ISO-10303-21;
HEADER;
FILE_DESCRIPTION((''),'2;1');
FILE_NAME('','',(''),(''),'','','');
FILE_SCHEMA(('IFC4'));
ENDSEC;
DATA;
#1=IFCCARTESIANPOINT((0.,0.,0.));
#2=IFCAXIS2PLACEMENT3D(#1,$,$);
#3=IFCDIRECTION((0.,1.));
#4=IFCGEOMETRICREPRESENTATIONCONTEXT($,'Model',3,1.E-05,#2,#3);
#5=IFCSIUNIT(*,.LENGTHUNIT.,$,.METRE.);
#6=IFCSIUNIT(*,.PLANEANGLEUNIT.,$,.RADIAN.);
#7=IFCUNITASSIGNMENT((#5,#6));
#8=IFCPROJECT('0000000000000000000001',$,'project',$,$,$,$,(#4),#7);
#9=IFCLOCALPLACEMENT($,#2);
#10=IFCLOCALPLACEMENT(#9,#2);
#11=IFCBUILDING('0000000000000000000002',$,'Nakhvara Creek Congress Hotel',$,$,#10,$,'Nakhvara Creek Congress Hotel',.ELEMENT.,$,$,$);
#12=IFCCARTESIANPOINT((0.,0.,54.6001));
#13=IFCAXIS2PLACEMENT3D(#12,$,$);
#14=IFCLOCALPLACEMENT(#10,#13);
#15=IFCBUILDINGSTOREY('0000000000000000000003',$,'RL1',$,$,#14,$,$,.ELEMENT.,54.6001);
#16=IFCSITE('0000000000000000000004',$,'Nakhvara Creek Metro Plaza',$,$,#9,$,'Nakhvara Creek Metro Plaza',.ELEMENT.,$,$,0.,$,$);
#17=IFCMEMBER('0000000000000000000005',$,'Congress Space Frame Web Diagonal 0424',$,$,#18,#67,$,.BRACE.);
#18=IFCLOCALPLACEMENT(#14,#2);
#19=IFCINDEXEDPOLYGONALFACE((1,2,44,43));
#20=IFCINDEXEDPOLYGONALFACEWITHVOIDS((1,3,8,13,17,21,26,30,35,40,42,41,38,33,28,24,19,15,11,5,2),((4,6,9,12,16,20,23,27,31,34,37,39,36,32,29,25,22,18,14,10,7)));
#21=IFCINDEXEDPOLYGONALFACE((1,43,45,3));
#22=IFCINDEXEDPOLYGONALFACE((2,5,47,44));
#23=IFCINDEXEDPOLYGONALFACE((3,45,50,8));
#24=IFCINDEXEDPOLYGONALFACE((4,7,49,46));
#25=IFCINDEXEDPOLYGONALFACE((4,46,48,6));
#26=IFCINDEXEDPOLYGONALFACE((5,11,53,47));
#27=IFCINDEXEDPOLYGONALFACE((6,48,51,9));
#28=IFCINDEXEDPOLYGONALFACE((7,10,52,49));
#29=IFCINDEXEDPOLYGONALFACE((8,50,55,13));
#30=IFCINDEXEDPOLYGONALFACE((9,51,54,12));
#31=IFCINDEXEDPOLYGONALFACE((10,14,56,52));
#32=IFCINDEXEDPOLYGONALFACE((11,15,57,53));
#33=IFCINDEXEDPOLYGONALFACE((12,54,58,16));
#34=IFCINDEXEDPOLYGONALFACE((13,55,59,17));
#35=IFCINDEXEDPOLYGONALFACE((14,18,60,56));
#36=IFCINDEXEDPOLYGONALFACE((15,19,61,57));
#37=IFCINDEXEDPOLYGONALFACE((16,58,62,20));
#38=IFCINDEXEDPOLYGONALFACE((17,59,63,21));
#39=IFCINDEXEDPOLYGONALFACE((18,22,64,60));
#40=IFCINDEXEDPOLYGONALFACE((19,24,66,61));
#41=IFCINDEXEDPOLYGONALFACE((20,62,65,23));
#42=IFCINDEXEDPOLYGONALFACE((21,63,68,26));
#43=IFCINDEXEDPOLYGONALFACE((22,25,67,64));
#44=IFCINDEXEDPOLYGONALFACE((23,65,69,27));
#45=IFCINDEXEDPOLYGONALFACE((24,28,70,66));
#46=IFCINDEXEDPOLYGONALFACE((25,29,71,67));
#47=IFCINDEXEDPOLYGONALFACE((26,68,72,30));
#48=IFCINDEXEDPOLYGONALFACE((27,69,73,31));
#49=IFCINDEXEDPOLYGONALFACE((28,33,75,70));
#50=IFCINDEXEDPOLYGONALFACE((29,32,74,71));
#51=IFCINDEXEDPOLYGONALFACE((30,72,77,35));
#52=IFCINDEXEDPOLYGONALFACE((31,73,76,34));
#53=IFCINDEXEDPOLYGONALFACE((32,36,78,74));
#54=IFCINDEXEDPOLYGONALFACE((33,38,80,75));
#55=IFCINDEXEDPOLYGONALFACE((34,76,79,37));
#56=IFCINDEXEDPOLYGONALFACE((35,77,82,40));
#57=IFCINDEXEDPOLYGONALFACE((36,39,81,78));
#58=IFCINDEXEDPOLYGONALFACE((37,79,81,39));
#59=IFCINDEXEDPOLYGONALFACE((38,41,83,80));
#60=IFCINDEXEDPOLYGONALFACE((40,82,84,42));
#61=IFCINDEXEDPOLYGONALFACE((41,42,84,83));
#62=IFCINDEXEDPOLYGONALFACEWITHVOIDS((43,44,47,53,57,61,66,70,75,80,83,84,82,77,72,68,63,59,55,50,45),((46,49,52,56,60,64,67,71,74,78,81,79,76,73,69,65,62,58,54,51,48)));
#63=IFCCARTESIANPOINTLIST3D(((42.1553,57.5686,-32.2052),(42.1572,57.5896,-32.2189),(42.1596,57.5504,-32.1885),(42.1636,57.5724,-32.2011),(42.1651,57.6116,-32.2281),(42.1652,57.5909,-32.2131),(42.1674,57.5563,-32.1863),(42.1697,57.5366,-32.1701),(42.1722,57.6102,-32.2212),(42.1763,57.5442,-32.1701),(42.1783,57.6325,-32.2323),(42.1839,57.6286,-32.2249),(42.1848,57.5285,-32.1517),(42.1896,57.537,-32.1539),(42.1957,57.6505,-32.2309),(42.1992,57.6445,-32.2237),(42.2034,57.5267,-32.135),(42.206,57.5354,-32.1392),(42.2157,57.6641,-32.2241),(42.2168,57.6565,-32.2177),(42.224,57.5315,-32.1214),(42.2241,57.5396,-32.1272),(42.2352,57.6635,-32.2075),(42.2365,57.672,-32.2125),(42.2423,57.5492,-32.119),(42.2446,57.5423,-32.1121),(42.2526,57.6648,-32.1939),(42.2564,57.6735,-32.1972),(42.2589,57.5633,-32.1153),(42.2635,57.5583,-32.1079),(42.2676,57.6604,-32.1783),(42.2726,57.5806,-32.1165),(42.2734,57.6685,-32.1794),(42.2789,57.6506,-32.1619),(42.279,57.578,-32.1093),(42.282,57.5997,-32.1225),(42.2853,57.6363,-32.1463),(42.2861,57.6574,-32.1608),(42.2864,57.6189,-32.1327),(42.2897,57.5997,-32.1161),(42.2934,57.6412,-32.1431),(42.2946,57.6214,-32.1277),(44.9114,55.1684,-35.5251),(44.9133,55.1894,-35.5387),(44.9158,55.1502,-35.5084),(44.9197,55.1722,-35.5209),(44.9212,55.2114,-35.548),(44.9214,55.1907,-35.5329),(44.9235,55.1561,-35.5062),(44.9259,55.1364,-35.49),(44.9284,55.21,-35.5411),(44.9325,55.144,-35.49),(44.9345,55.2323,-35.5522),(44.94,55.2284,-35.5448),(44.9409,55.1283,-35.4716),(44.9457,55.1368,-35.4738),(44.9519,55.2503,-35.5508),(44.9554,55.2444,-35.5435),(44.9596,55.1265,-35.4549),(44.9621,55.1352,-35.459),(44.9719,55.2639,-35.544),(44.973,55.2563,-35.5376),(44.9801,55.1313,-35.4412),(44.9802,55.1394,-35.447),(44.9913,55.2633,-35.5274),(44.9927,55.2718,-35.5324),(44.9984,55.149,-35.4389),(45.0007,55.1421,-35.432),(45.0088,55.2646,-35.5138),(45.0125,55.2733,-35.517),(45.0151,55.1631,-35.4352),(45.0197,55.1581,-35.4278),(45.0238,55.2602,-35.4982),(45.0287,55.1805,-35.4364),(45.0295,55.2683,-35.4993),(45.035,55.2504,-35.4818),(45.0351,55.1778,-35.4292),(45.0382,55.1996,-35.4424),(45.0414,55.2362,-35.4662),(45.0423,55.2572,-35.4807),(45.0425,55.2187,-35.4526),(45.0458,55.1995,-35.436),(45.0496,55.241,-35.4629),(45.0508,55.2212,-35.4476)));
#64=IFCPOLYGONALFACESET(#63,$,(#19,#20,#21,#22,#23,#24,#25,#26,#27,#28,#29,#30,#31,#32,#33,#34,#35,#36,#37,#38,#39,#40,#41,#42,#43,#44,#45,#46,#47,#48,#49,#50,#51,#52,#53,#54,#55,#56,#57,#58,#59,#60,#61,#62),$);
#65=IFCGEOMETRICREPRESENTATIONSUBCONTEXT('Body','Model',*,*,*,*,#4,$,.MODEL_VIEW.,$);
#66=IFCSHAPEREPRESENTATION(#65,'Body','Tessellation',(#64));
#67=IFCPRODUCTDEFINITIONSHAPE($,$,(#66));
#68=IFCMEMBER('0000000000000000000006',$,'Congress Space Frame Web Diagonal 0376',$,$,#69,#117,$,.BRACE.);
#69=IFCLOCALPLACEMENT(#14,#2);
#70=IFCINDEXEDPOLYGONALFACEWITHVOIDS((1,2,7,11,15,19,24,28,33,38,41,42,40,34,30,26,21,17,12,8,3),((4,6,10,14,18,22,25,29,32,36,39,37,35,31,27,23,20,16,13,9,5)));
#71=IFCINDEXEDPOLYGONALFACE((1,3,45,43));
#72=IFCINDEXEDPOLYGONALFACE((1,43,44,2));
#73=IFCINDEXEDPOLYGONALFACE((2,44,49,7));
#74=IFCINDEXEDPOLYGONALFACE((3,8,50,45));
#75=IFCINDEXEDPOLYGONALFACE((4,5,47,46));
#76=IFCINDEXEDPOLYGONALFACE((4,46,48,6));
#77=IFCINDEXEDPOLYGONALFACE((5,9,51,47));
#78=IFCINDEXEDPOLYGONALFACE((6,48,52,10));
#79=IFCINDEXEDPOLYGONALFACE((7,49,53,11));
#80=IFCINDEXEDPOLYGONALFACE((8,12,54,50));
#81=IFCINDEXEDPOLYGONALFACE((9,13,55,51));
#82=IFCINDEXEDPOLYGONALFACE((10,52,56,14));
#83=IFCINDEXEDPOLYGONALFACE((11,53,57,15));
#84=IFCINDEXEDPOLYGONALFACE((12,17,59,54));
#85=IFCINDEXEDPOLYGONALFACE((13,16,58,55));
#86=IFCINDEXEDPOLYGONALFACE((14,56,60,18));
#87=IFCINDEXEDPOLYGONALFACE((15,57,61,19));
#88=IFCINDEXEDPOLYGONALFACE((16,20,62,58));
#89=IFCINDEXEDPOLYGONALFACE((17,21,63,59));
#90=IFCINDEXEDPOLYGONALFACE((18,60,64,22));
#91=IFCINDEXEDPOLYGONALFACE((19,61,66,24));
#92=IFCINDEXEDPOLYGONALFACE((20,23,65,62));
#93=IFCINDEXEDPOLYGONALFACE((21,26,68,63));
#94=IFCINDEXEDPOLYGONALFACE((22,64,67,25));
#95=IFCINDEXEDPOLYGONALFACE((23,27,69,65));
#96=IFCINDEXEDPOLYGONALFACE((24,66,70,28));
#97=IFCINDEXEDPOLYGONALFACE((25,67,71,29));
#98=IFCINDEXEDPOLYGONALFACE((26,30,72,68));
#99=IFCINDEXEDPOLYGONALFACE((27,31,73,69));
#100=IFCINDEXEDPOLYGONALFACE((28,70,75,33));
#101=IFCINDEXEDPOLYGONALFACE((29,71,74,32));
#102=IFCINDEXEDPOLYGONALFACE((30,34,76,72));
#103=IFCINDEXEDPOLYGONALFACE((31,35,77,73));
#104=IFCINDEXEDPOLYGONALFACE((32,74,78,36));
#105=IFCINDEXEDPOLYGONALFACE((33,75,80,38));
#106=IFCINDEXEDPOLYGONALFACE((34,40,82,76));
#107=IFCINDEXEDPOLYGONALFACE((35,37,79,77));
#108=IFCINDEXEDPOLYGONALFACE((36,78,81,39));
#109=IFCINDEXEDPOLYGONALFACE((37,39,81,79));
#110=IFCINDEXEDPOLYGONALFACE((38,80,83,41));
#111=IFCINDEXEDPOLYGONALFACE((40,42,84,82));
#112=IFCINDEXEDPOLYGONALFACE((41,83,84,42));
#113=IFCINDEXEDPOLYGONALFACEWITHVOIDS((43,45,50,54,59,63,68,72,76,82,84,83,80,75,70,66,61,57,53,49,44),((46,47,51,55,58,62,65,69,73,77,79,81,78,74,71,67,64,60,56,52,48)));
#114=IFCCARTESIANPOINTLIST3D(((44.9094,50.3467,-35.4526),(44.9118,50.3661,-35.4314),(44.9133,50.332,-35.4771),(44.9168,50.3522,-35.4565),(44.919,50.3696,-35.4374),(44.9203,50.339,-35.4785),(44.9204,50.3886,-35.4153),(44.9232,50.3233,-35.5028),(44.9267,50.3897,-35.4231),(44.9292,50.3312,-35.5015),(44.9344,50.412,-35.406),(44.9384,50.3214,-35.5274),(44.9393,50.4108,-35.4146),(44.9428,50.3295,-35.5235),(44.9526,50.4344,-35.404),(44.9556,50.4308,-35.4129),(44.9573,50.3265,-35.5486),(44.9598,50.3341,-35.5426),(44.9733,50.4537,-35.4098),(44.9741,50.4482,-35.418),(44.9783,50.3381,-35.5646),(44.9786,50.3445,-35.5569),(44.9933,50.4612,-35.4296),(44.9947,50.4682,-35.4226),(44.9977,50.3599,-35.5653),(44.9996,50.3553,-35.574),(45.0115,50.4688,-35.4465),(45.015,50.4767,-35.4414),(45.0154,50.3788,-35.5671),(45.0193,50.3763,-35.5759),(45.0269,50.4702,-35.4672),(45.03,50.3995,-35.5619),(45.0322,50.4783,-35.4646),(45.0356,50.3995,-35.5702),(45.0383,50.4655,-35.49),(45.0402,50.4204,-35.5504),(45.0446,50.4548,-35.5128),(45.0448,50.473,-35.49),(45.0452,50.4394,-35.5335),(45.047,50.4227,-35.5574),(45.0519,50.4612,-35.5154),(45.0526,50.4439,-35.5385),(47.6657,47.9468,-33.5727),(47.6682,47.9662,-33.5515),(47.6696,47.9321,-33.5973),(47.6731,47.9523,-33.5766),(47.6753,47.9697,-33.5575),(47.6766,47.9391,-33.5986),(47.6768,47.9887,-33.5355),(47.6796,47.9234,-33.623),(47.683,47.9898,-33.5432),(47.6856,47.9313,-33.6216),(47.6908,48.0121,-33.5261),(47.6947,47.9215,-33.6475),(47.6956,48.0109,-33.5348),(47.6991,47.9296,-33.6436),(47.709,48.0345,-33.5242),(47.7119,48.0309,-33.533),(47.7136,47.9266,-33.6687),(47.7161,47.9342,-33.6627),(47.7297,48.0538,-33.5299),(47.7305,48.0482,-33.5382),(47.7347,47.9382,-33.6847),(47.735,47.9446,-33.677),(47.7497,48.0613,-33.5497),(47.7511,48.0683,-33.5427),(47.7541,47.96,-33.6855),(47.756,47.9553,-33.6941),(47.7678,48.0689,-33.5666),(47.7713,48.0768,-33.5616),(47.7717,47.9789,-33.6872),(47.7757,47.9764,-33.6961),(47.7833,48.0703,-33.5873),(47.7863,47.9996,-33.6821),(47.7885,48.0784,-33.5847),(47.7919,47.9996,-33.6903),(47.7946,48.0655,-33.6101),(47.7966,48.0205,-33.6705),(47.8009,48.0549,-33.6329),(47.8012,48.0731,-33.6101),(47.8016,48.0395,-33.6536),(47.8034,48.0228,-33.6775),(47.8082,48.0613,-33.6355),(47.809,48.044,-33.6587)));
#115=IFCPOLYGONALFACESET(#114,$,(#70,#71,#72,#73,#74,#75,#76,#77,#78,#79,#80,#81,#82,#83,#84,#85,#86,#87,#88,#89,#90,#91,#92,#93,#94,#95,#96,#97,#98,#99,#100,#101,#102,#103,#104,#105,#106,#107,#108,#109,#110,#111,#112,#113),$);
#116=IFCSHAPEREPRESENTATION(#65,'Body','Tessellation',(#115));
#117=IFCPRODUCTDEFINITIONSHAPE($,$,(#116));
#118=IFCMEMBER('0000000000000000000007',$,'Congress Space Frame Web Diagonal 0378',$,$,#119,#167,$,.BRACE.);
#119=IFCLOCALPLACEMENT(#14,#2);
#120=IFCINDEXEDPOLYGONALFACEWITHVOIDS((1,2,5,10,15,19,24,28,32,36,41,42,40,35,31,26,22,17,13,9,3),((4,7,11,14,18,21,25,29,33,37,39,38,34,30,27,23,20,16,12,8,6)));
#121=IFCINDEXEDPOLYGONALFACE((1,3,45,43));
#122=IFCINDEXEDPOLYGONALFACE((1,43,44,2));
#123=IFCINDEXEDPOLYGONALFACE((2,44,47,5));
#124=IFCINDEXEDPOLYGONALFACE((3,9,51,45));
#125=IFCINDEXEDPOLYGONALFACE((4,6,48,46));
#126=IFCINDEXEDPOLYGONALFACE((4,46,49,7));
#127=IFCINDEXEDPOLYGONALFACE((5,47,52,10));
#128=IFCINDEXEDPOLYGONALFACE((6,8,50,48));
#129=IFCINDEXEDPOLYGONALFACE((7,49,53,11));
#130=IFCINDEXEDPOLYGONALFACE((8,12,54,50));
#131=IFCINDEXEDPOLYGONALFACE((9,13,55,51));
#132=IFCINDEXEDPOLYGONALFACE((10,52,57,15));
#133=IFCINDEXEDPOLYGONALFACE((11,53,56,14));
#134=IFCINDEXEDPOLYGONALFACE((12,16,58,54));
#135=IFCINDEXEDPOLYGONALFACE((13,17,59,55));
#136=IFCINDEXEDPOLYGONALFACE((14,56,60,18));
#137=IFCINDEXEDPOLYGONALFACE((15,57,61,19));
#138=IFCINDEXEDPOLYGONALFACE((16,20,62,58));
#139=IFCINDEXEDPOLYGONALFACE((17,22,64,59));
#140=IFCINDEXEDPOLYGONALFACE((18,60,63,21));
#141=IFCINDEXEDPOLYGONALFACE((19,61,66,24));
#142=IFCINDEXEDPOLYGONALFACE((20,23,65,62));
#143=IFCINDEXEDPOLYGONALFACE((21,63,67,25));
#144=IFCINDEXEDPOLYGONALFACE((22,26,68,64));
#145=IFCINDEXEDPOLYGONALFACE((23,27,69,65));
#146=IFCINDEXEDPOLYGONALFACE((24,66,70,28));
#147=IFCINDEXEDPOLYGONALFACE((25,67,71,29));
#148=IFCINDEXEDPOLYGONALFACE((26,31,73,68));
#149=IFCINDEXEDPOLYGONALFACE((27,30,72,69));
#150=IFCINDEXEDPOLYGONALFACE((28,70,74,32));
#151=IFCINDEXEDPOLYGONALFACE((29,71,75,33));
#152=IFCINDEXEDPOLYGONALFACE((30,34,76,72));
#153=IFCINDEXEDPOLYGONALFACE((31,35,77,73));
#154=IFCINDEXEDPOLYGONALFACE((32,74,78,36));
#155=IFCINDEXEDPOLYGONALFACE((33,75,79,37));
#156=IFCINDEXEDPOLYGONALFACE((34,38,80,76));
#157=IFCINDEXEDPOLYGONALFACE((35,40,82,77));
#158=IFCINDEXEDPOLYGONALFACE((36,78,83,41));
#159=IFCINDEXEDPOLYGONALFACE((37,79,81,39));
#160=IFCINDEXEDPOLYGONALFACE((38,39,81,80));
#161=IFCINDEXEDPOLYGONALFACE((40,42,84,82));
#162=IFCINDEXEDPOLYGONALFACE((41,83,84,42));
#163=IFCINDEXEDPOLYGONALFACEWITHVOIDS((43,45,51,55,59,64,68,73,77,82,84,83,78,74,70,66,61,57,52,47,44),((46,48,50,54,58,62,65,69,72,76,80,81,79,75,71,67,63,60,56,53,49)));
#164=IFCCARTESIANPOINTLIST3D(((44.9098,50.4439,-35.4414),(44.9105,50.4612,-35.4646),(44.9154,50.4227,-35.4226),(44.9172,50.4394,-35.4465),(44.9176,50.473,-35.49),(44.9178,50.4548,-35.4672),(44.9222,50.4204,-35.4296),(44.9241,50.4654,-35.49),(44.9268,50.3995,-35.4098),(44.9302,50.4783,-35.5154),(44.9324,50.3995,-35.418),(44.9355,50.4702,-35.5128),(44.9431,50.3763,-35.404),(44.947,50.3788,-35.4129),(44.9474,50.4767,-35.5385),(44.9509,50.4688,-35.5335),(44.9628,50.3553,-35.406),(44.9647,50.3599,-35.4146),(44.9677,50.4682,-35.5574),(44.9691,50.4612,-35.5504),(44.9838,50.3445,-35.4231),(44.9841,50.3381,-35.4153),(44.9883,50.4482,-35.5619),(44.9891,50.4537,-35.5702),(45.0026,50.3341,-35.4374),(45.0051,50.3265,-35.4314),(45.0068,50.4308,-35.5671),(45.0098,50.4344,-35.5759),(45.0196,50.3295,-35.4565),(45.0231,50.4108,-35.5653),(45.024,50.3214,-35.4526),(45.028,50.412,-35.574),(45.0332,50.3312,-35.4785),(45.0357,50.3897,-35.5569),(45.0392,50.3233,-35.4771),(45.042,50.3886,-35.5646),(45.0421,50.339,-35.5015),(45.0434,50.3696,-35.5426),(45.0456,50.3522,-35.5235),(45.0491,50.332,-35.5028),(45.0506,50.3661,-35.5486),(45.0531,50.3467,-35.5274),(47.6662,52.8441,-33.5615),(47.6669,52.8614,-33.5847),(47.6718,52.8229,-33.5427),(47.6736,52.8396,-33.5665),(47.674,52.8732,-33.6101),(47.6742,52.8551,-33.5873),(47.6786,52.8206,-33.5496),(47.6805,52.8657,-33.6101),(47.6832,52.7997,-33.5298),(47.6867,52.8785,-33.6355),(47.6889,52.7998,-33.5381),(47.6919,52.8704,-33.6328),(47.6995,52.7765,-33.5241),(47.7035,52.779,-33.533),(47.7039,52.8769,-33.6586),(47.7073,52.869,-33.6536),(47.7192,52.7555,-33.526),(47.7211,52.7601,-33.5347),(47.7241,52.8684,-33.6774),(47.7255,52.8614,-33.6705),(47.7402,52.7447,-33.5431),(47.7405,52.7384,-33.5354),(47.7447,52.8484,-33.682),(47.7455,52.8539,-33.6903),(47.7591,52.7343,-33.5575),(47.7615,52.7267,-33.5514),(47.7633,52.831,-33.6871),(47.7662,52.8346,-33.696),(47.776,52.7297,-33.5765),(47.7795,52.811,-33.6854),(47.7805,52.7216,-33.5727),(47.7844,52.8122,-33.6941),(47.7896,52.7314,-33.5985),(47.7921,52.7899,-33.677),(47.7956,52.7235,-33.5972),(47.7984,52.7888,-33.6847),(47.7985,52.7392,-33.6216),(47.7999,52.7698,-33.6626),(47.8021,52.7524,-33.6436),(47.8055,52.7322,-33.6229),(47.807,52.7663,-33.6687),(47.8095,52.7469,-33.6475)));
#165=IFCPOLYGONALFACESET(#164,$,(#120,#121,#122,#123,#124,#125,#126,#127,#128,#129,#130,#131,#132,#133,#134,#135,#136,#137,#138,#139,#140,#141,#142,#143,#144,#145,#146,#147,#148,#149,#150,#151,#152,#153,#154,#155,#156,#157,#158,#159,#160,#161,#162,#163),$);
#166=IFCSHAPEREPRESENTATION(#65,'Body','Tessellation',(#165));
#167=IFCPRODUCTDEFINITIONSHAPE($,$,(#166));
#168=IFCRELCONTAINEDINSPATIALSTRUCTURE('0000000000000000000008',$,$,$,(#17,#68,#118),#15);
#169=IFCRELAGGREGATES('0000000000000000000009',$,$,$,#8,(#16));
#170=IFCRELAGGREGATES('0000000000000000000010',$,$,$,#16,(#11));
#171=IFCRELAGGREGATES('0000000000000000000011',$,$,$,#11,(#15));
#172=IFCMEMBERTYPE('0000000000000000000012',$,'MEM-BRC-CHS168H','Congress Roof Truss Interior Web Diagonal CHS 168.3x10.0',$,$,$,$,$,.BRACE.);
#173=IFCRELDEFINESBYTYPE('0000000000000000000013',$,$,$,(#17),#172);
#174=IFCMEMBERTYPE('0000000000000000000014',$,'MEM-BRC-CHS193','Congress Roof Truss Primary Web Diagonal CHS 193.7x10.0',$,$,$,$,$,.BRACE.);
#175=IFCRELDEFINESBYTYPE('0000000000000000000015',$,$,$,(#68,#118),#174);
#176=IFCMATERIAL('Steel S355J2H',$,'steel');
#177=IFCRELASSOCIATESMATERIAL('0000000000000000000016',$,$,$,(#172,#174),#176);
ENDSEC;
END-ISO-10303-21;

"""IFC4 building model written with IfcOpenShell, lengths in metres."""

from ifc_helpers import new_model, si_unit, direction, frame, origin, origin_2d, place, context, subcontext, project, spatial, hollow_circle, extrude, material, material_profile, profile_set, type_object, element, save


model = new_model("IFC4")

# Units and contexts
model_context = context("Model", 3, precision=1e-05, world=origin(), true_north=direction((0.0, 1.0)))
body_context = subcontext(model_context, "Body", "Model", "MODEL_VIEW")
ifc_project = project(units=[si_unit("LENGTHUNIT", "METRE"), si_unit("PLANEANGLEUNIT", "RADIAN")], contexts=[model_context])

# Site, building, storey
site_placement = place(None, origin())
site = spatial("IfcSite", under=ifc_project, at=site_placement, Name="Nakhvara Creek Metro Plaza", LongName="Nakhvara Creek Metro Plaza", CompositionType="ELEMENT", RefElevation=0.0)
building_placement = place(site_placement, origin())
building = spatial("IfcBuilding", under=site, at=building_placement, Name="Nakhvara Creek Congress Hotel", LongName="Nakhvara Creek Congress Hotel", CompositionType="ELEMENT")
storey_placement = place(building_placement, frame((0.0, 0.0, 54.6001)))
storey = spatial("IfcBuildingStorey", under=building, at=storey_placement, Name="RL1", CompositionType="ELEMENT", Elevation=54.6001)

# Members
ifc_material_1 = material(Name="Steel S355J2H", Category="steel")
ifc_material_profile_1 = material_profile(ifc_material_1, hollow_circle(Radius=0.0842, WallThickness=0.01, at=origin_2d()), Name="CHS 168.3x10.0", Category="LoadBearing")
ifc_profile_set_1 = profile_set([ifc_material_profile_1], Name="Steel S355J2H")
member_type_1 = type_object("IfcMemberType", Name="MEM-BRC-CHS168H", Description="Congress Roof Truss Interior Web Diagonal CHS 168.3x10.0", PredefinedType="BRACE", material=ifc_profile_set_1)
member_1_placement = place(storey_placement, frame((44.9812, 55.2, -35.49), z_axis=(-0.558208, 0.486114, 0.672381), x_axis=(-0.656729, -0.754126, 0.0)))
element("IfcMember", 1, at=member_1_placement, inside=storey, type_object=member_type_1, Name="Congress Space Frame Web Diagonal 0424", PredefinedType="BRACE", context=body_context, shape_type="SweptSolid", body=[
    extrude(hollow_circle(Radius=0.0842, WallThickness=0.01, at=origin_2d()), origin(), (0.0, 0.0, 1.0), 4.9375),
])
ifc_material_profile_2 = material_profile(ifc_material_1, hollow_circle(Radius=0.0969, WallThickness=0.01, at=origin_2d()), Name="CHS 193.7x10.0", Category="LoadBearing")
ifc_profile_set_2 = profile_set([ifc_material_profile_2], Name="Steel S355J2H")
member_type_2 = type_object("IfcMemberType", Name="MEM-BRC-CHS193", Description="Congress Roof Truss Primary Web Diagonal CHS 193.7x10.0", PredefinedType="BRACE", material=ifc_profile_set_2)
member_2_placement = place(storey_placement, frame((44.9812, 50.3999, -35.49), z_axis=(0.670667, -0.583938, 0.457408), x_axis=(0.656658, 0.754188, 0.0)))
element("IfcMember", 2, at=member_2_placement, inside=storey, type_object=member_type_2, Name="Congress Space Frame Web Diagonal 0376", PredefinedType="BRACE", context=body_context, shape_type="SweptSolid", body=[
    extrude(hollow_circle(Radius=0.0969, WallThickness=0.01, at=origin_2d()), origin(), (0.0, 0.0, 1.0), 4.1099),
])
member_3_placement = place(storey_placement, frame((44.9812, 50.3999, -35.49), z_axis=(0.670644, 0.583977, 0.457392), x_axis=(-0.656696, 0.754155, 0.0)))
element("IfcMember", 3, at=member_3_placement, inside=storey, type_object=member_type_2, Name="Congress Space Frame Web Diagonal 0378", PredefinedType="BRACE", context=body_context, shape_type="SweptSolid", body=[
    extrude(hollow_circle(Radius=0.0969, WallThickness=0.01, at=origin_2d()), origin(), (0.0, 0.0, 1.0), 4.1101),
])

save(model, "model.ifc")
